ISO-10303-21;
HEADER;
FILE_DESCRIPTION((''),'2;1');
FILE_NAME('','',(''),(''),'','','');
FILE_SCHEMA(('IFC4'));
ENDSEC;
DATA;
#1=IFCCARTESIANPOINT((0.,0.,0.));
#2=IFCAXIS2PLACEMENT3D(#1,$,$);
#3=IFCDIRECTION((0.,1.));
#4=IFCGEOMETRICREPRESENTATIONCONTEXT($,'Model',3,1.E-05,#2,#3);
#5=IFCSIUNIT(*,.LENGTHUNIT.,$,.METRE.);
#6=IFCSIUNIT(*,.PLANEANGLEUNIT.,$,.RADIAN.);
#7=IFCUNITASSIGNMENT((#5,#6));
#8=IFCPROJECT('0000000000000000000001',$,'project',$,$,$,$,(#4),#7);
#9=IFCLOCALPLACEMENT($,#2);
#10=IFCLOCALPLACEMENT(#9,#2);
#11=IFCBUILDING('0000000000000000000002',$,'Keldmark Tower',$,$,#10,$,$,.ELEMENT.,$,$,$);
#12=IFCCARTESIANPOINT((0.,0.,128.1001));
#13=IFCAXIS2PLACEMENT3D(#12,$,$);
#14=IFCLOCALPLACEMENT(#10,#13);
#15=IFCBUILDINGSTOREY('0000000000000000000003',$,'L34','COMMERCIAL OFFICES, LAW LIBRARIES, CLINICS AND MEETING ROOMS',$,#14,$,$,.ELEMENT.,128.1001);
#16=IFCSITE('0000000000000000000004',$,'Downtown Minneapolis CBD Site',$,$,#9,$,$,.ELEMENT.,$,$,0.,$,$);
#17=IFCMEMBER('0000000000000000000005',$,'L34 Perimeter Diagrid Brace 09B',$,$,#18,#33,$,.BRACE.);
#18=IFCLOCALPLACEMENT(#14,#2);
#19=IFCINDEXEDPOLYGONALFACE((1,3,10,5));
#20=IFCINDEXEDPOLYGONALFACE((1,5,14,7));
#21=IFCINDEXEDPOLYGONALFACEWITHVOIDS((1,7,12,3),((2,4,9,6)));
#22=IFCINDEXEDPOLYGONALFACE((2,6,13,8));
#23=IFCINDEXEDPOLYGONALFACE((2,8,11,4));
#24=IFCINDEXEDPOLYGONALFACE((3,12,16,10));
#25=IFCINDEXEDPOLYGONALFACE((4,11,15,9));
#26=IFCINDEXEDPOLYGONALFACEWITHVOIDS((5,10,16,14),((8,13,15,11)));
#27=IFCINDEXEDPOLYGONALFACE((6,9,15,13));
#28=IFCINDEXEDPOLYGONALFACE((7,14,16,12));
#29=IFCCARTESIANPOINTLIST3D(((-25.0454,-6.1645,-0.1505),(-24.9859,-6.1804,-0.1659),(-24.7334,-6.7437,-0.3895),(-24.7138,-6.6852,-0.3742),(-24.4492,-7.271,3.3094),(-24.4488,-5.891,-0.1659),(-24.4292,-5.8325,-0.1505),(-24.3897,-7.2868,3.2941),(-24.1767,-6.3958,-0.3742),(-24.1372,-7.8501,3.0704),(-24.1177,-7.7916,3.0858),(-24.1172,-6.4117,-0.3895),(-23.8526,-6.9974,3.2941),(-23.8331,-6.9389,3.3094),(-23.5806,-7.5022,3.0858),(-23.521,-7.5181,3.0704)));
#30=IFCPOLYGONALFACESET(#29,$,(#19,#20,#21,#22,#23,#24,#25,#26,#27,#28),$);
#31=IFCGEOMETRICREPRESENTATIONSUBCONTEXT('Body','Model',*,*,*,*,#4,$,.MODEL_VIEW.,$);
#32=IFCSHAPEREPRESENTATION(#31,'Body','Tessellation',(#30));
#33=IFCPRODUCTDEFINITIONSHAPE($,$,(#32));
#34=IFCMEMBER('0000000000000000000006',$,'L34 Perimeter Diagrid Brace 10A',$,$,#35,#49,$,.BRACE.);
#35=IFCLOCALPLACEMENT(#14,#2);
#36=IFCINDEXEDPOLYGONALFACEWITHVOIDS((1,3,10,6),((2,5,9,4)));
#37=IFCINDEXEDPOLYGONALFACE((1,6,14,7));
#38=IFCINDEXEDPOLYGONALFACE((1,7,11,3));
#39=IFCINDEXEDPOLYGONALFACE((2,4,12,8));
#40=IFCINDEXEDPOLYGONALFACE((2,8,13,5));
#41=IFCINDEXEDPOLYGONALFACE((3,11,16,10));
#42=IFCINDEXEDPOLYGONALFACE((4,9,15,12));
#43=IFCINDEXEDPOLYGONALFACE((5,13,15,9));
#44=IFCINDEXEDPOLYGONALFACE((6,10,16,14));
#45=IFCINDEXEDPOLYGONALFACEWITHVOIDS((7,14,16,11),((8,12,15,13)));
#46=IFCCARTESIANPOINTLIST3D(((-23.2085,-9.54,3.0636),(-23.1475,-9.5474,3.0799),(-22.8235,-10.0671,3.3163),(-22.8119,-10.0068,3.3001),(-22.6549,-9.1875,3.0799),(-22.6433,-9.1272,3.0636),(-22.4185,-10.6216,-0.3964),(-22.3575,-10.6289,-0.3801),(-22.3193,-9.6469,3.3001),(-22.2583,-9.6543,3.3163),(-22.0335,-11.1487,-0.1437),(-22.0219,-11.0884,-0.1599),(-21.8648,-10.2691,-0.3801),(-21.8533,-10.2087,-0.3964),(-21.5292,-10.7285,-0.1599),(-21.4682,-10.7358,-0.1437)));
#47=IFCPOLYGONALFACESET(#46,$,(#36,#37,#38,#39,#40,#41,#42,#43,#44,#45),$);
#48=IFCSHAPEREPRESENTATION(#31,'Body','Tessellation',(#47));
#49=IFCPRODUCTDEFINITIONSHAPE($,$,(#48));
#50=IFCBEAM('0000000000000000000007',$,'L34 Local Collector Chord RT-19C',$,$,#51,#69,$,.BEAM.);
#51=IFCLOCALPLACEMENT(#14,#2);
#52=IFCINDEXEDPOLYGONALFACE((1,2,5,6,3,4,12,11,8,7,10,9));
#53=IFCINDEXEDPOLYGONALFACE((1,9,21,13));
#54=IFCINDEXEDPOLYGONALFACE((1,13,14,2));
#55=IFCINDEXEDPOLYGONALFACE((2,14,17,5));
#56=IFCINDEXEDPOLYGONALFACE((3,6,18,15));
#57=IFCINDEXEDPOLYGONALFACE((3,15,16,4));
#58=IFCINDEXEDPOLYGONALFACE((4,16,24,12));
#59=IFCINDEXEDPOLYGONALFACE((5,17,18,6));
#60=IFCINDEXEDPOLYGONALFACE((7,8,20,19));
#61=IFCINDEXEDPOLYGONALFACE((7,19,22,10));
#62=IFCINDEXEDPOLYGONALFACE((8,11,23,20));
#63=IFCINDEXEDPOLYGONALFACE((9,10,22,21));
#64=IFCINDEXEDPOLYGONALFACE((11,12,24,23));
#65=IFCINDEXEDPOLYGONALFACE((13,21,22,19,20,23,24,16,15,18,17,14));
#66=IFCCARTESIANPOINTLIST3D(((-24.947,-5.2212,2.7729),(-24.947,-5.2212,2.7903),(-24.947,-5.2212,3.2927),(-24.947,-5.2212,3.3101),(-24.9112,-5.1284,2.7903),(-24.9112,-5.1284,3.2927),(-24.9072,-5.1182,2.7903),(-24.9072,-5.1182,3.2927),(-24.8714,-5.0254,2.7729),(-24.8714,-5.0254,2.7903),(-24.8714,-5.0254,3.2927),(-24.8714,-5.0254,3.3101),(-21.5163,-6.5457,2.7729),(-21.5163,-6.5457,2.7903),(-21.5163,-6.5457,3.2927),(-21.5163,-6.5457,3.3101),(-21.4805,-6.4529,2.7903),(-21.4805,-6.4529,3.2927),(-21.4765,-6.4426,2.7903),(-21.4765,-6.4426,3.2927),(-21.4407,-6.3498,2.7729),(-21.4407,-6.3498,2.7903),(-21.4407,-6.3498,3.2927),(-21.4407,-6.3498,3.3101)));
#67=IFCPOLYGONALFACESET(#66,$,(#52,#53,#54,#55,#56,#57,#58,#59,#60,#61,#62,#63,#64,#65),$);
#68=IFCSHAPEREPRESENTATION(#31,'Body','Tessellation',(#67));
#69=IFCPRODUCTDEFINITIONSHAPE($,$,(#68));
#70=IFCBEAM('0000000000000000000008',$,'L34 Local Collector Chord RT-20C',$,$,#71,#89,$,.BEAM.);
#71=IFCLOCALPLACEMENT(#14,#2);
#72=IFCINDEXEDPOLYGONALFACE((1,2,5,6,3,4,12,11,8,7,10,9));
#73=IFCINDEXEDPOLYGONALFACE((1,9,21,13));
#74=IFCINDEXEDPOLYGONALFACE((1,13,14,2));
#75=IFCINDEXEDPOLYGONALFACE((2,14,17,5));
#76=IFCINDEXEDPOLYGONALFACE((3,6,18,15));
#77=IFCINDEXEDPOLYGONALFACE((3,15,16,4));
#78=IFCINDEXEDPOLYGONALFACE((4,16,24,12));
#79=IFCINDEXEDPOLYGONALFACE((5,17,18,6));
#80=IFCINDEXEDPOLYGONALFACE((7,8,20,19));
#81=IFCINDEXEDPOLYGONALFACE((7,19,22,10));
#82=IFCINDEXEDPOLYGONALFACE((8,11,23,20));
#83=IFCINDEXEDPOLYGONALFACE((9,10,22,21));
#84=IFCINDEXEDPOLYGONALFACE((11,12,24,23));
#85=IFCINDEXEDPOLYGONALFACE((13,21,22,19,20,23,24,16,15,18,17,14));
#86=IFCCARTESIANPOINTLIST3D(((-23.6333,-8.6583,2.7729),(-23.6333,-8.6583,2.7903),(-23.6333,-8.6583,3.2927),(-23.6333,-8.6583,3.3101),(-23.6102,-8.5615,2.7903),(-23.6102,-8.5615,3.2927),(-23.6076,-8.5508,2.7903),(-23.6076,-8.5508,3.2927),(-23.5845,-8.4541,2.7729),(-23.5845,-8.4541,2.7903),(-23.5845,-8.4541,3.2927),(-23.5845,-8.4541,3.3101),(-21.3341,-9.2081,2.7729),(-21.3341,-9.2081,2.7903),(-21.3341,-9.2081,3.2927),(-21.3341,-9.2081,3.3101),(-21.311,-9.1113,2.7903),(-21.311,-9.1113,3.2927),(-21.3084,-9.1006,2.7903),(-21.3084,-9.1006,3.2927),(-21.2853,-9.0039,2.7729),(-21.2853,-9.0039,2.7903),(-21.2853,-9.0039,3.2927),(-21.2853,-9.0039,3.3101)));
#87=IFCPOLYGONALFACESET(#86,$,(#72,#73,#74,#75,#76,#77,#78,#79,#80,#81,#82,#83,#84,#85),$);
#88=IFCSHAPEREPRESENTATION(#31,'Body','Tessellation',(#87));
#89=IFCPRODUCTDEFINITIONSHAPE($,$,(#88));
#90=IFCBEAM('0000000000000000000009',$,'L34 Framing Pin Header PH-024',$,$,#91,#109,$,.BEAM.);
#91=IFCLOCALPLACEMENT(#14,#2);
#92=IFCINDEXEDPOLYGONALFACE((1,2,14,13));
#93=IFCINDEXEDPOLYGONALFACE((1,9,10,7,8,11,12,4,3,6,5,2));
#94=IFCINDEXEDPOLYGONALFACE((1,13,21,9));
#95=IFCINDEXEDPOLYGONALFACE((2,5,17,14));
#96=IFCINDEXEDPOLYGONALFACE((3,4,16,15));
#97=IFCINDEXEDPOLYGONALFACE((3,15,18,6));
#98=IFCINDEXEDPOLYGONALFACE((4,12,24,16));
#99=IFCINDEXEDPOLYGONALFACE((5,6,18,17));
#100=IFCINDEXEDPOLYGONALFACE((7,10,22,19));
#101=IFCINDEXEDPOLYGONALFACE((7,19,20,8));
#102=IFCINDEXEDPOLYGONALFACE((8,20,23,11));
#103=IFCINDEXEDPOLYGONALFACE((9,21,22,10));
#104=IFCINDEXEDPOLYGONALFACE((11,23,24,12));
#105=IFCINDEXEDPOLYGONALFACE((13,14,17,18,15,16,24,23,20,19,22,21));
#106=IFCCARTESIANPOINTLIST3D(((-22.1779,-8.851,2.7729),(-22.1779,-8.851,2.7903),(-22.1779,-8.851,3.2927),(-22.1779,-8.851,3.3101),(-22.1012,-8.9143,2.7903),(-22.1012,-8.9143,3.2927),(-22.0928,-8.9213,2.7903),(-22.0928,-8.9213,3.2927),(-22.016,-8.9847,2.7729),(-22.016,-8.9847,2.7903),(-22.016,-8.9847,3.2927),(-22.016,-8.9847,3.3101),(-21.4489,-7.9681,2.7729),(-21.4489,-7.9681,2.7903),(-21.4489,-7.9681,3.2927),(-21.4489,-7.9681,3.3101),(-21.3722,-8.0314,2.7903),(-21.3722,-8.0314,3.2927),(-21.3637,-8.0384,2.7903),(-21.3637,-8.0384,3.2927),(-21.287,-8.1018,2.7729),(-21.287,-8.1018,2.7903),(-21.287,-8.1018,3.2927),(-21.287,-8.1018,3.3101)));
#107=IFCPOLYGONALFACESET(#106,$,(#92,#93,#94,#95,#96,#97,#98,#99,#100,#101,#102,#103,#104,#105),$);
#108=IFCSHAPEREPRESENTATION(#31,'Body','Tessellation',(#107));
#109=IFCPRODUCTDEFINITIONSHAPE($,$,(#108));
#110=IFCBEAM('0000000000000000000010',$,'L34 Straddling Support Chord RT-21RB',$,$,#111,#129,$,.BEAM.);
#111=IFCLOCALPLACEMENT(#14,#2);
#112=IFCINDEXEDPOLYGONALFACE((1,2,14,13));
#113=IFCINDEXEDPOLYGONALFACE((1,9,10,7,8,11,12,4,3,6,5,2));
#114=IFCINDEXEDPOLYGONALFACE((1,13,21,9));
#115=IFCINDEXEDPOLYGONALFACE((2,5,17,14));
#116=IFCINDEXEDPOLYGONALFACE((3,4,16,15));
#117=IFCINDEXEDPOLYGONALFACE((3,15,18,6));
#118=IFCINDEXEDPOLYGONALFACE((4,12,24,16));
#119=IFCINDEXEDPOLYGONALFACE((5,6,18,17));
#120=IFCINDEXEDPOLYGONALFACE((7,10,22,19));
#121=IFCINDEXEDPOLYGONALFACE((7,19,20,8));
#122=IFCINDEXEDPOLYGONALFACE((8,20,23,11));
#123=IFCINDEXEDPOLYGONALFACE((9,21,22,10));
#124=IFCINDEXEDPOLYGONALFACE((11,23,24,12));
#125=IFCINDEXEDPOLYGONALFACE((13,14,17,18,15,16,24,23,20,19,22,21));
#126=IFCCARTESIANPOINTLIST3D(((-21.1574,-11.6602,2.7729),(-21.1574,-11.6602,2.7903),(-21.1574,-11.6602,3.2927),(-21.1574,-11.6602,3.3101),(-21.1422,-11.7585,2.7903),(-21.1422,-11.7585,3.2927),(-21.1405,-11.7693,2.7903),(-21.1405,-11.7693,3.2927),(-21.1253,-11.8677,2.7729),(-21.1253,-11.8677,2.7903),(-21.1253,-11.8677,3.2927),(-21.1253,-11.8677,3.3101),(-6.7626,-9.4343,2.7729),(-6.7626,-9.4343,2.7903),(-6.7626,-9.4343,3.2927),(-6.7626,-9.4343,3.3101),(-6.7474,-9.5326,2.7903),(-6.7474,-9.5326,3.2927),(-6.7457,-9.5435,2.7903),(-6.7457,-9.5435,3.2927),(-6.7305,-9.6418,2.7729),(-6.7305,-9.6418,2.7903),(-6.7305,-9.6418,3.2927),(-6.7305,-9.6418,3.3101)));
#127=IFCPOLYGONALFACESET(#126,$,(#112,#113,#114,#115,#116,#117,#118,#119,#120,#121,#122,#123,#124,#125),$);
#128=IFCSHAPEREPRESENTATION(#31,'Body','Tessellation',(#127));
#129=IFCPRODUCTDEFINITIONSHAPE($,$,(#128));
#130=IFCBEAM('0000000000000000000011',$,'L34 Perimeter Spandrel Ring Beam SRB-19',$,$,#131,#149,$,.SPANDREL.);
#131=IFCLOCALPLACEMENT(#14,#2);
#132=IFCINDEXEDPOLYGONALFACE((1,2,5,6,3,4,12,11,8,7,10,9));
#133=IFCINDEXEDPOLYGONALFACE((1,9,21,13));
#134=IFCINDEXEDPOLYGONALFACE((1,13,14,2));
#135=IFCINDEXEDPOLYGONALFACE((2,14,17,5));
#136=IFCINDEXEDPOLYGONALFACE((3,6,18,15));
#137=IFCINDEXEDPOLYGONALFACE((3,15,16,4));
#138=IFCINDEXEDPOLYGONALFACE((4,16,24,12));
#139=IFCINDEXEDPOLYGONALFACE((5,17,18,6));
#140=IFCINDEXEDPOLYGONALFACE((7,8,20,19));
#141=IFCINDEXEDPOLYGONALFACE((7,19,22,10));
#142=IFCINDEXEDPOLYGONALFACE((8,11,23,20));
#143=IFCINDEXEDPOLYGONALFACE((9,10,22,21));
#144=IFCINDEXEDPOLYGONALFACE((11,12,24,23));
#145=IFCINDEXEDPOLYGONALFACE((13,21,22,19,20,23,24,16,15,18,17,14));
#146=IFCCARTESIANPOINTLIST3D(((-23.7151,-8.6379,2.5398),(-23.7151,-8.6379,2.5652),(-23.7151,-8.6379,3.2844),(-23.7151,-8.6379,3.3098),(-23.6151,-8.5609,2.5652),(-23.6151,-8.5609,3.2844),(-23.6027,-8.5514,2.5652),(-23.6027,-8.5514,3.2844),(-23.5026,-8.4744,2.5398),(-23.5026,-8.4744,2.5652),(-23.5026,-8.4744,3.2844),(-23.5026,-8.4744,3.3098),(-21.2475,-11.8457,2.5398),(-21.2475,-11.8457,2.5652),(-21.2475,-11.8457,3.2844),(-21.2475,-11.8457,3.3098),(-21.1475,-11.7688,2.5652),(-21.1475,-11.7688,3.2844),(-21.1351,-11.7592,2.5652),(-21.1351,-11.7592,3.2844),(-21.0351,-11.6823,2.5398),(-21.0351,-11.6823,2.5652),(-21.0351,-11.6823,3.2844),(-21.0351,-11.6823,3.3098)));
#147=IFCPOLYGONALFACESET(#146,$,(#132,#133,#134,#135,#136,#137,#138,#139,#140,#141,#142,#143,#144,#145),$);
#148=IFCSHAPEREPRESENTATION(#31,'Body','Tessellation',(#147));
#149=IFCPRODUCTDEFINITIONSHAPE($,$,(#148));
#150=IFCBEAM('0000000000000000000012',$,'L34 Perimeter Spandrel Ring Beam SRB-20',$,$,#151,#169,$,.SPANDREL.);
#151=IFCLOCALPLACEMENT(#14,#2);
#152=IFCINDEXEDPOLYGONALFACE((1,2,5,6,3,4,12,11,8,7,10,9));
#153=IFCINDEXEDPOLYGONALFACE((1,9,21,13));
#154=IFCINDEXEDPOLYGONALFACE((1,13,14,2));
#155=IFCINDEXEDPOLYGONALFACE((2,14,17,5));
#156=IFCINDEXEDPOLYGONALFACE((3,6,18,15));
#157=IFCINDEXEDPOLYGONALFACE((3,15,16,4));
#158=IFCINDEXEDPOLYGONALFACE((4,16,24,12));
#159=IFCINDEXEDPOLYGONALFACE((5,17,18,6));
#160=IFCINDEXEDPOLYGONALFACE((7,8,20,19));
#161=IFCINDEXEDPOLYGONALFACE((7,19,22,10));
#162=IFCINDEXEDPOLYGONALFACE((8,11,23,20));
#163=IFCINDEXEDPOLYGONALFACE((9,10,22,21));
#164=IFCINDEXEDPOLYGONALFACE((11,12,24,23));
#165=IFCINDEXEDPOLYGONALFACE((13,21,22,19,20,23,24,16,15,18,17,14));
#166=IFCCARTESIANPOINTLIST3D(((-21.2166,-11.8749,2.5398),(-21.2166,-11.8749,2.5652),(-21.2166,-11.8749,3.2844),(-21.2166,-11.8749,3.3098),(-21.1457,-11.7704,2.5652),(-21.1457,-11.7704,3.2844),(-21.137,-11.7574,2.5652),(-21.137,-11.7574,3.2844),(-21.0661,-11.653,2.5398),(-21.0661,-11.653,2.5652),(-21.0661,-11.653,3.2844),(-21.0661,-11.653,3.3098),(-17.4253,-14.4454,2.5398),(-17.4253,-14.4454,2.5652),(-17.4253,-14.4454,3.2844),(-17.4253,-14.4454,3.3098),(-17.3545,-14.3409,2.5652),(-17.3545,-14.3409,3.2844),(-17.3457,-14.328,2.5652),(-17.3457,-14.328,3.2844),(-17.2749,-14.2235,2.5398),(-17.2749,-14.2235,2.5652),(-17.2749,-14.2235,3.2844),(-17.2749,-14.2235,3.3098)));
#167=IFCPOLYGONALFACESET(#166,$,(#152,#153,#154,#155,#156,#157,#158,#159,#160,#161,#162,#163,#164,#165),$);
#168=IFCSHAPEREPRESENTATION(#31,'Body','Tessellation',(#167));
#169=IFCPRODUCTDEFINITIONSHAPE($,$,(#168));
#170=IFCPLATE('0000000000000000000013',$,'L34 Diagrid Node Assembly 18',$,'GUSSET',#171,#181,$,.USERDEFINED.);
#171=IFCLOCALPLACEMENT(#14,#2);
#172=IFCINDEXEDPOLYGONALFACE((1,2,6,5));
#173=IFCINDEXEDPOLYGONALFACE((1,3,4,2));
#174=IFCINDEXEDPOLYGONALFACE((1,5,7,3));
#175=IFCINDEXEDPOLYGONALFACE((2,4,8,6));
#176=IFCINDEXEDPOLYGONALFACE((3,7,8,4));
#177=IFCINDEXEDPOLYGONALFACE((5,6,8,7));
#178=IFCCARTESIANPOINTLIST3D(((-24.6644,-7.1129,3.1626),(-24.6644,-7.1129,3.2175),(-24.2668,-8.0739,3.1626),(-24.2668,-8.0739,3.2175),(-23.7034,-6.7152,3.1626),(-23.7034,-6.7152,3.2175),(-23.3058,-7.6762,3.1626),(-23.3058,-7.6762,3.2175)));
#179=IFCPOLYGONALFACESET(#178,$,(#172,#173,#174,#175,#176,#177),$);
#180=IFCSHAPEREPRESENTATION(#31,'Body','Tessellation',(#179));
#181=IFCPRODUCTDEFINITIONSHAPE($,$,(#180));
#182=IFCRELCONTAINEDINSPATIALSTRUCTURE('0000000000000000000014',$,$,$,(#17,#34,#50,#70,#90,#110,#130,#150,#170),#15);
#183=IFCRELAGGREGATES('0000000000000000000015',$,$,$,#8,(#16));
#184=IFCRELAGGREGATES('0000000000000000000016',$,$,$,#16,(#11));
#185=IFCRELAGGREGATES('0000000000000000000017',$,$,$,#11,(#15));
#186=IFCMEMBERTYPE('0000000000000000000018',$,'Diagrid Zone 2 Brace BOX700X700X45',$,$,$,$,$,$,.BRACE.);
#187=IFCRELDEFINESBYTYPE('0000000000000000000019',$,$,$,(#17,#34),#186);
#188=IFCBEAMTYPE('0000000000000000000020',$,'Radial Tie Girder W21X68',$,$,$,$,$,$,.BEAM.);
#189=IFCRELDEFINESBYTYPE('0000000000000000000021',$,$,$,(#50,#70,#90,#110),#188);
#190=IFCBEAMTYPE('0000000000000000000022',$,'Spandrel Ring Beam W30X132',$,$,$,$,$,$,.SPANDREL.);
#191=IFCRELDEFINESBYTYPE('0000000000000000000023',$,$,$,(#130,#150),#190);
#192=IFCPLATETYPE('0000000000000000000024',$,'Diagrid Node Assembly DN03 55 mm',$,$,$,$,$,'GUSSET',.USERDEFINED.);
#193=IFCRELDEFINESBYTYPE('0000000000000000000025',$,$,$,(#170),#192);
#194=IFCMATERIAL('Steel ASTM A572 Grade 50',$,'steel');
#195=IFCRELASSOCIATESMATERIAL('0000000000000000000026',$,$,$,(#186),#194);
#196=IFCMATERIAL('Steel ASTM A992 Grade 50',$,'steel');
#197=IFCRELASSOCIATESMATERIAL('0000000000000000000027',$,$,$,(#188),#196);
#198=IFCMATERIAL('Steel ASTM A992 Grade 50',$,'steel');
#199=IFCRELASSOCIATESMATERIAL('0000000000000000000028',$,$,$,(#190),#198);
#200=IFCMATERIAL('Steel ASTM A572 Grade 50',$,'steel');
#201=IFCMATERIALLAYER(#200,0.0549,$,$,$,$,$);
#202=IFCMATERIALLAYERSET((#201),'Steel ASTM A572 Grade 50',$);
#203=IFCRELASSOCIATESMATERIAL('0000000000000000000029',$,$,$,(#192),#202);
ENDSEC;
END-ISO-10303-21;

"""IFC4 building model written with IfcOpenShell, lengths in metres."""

from ifc_helpers import new_model, si_unit, direction, frame, origin, origin_2d, place, context, subcontext, project, spatial, rectangle, hollow_rectangle, i_section, extrude, material, layer, layer_set, material_profile, profile_set, type_object, element, save


model = new_model("IFC4")

# Units and contexts
model_context = context("Model", 3, precision=1e-05, world=origin(), true_north=direction((0.0, 1.0)))
body_context = subcontext(model_context, "Body", "Model", "MODEL_VIEW")
ifc_project = project(units=[si_unit("LENGTHUNIT", "METRE"), si_unit("PLANEANGLEUNIT", "RADIAN")], contexts=[model_context])

# Site, building, storey
site_placement = place(None, origin())
site = spatial("IfcSite", under=ifc_project, at=site_placement, Name="Downtown Minneapolis CBD Site", CompositionType="ELEMENT", RefElevation=0.0)
building_placement = place(site_placement, origin())
building = spatial("IfcBuilding", under=site, at=building_placement, Name="Keldmark Tower", CompositionType="ELEMENT")
storey_placement = place(building_placement, frame((0.0, 0.0, 128.1001)))
storey = spatial("IfcBuildingStorey", under=building, at=storey_placement, Name="L34", Description="COMMERCIAL OFFICES, LAW LIBRARIES, CLINICS AND MEETING ROOMS", CompositionType="ELEMENT", Elevation=128.1001)

# Members
ifc_material_1 = material(Name="Steel ASTM A572 Grade 50", Category="steel")
ifc_material_profile_1 = material_profile(ifc_material_1, hollow_rectangle(XDim=0.7, YDim=0.7, WallThickness=0.0449, at=origin_2d()), Name="BOX700X700X45")
ifc_profile_set_1 = profile_set([ifc_material_profile_1], Name="Steel ASTM A572 Grade 50")
member_type = type_object("IfcMemberType", Name="Diagrid Zone 2 Brace BOX700X700X45", PredefinedType="BRACE", material=ifc_profile_set_1)
member_1_placement = place(storey_placement, frame((-24.5813, -6.2881, -0.27), z_axis=(0.161957, -0.300569, 0.939909), x_axis=(0.880334, 0.474355, 0.0)))
element("IfcMember", 1, at=member_1_placement, inside=storey, type_object=member_type, Name="L34 Perimeter Diagrid Brace 09B", PredefinedType="BRACE", context=body_context, shape_type="SweptSolid", body=[
    extrude(hollow_rectangle(XDim=0.7, YDim=0.7, WallThickness=0.0449, at=origin_2d()), origin(), (0.0, 0.0, 1.0), 3.6812),
])
member_2_placement = place(storey_placement, frame((-21.9434, -10.6787, -0.27), z_axis=(-0.21294, 0.291509, 0.932566), x_axis=(-0.807505, -0.589861, 0.0)))
element("IfcMember", 2, at=member_2_placement, inside=storey, type_object=member_type, Name="L34 Perimeter Diagrid Brace 10A", PredefinedType="BRACE", context=body_context, shape_type="SweptSolid", body=[
    extrude(hollow_rectangle(XDim=0.7, YDim=0.7, WallThickness=0.0449, at=origin_2d()), origin(), (0.0, 0.0, 1.0), 3.7102),
])

# Beams
ifc_material_2 = material(Name="Steel ASTM A992 Grade 50", Category="steel")
ifc_material_profile_2 = material_profile(ifc_material_2, i_section(OverallWidth=0.21, OverallDepth=0.5371, WebThickness=0.011, FlangeThickness=0.0173, at=origin_2d()), Name="W21X68")
ifc_profile_set_2 = profile_set([ifc_material_profile_2], Name="Steel ASTM A992 Grade 50")
beam_type_1 = type_object("IfcBeamType", Name="Radial Tie Girder W21X68", PredefinedType="BEAM", material=ifc_profile_set_2)
beam_1_placement = place(storey_placement, frame((-24.9092, -5.1233, 3.0415), z_axis=(0.932891, -0.360158, 0.0), x_axis=(0.360158, 0.932891, 0.0)))
element("IfcBeam", 3, at=beam_1_placement, inside=storey, type_object=beam_type_1, Name="L34 Local Collector Chord RT-19C", PredefinedType="BEAM", context=body_context, shape_type="SweptSolid", body=[
    extrude(i_section(OverallWidth=0.21, OverallDepth=0.5371, WebThickness=0.011, FlangeThickness=0.0173, at=origin_2d()), origin(), (0.0, 0.0, 1.0), 3.6775),
])
beam_2_placement = place(storey_placement, frame((-23.6089, -8.5562, 3.0415), z_axis=(0.972576, -0.232584, 0.0), x_axis=(0.232584, 0.972576, 0.0)))
element("IfcBeam", 4, at=beam_2_placement, inside=storey, type_object=beam_type_1, Name="L34 Local Collector Chord RT-20C", PredefinedType="BEAM", context=body_context, shape_type="SweptSolid", body=[
    extrude(i_section(OverallWidth=0.21, OverallDepth=0.5371, WebThickness=0.011, FlangeThickness=0.0173, at=origin_2d()), origin(), (0.0, 0.0, 1.0), 2.364),
])
beam_3_placement = place(storey_placement, frame((-21.3679, -8.0349, 3.0415), z_axis=(-0.636738, -0.77108, 0.0), x_axis=(0.77108, -0.636738, 0.0)))
element("IfcBeam", 5, at=beam_3_placement, inside=storey, type_object=beam_type_1, Name="L34 Framing Pin Header PH-024", PredefinedType="BEAM", context=body_context, shape_type="SweptSolid", body=[
    extrude(i_section(OverallWidth=0.21, OverallDepth=0.5371, WebThickness=0.011, FlangeThickness=0.0173, at=origin_2d()), origin(), (0.0, 0.0, 1.0), 1.145),
])
beam_4_placement = place(storey_placement, frame((-21.1414, -11.7639, 3.0415), z_axis=(0.988255, 0.152812, 0.0), x_axis=(-0.152812, 0.988255, 0.0)))
element("IfcBeam", 6, at=beam_4_placement, inside=storey, type_object=beam_type_1, Name="L34 Straddling Support Chord RT-21RB", PredefinedType="BEAM", context=body_context, shape_type="SweptSolid", body=[
    extrude(i_section(OverallWidth=0.21, OverallDepth=0.5371, WebThickness=0.011, FlangeThickness=0.0173, at=origin_2d()), origin(), (0.0, 0.0, 1.0), 14.5659),
])
ifc_material_3 = material(Name="Steel ASTM A992 Grade 50", Category="steel")
ifc_material_profile_3 = material_profile(ifc_material_3, i_section(OverallWidth=0.2681, OverallDepth=0.77, WebThickness=0.0156, FlangeThickness=0.0254, at=origin_2d()), Name="W30X132")
ifc_profile_set_3 = profile_set([ifc_material_profile_3], Name="Steel ASTM A992 Grade 50")
beam_type_2 = type_object("IfcBeamType", Name="Spandrel Ring Beam W30X132", PredefinedType="SPANDREL", material=ifc_profile_set_3)
beam_5_placement = place(storey_placement, frame((-23.6089, -8.5562, 2.9248), z_axis=(0.609714, -0.792622, 0.0), x_axis=(0.792622, 0.609714, 0.0)))
element("IfcBeam", 7, at=beam_5_placement, inside=storey, type_object=beam_type_2, Name="L34 Perimeter Spandrel Ring Beam SRB-19", PredefinedType="SPANDREL", context=body_context, shape_type="SweptSolid", body=[
    extrude(i_section(OverallWidth=0.2681, OverallDepth=0.77, WebThickness=0.0156, FlangeThickness=0.0254, at=origin_2d()), origin(), (0.0, 0.0, 1.0), 4.0471),
])
beam_6_placement = place(storey_placement, frame((-21.1414, -11.7639, 2.9248), z_axis=(0.827687, -0.56119, 0.0), x_axis=(0.56119, 0.827687, 0.0)))
element("IfcBeam", 8, at=beam_6_placement, inside=storey, type_object=beam_type_2, Name="L34 Perimeter Spandrel Ring Beam SRB-20", PredefinedType="SPANDREL", context=body_context, shape_type="SweptSolid", body=[
    extrude(i_section(OverallWidth=0.2681, OverallDepth=0.77, WebThickness=0.0156, FlangeThickness=0.0254, at=origin_2d()), origin(), (0.0, 0.0, 1.0), 4.5806),
])

# Plate
ifc_material_4 = material(Name="Steel ASTM A572 Grade 50", Category="steel")
ifc_layer_1 = layer(ifc_material_4, 0.0549)
ifc_layer_set_1 = layer_set([ifc_layer_1], Name="Steel ASTM A572 Grade 50")
plate_type = type_object("IfcPlateType", Name="Diagrid Node Assembly DN03 55 mm", ElementType="GUSSET", PredefinedType="USERDEFINED", material=ifc_layer_set_1)
for number, where, z_axis, x_axis, name in (
    (9, (-23.9851, -7.3945, 3.1626), (0.0, 0.0, 1.0), (0.382361, -0.924013, 0.0), "L34 Diagrid Node Assembly 18"),
):
    element("IfcPlate", number, at=place(storey_placement, frame(where, z_axis=z_axis, x_axis=x_axis)), inside=storey, type_object=plate_type, Name=name, ObjectType="GUSSET", PredefinedType="USERDEFINED", context=body_context, shape_type="SweptSolid", body=[
        extrude(rectangle(XDim=1.04, YDim=1.04, at=origin_2d()), origin(), (0.0, 0.0, 1.0), 0.0549),
    ])

save(model, "model.ifc")
